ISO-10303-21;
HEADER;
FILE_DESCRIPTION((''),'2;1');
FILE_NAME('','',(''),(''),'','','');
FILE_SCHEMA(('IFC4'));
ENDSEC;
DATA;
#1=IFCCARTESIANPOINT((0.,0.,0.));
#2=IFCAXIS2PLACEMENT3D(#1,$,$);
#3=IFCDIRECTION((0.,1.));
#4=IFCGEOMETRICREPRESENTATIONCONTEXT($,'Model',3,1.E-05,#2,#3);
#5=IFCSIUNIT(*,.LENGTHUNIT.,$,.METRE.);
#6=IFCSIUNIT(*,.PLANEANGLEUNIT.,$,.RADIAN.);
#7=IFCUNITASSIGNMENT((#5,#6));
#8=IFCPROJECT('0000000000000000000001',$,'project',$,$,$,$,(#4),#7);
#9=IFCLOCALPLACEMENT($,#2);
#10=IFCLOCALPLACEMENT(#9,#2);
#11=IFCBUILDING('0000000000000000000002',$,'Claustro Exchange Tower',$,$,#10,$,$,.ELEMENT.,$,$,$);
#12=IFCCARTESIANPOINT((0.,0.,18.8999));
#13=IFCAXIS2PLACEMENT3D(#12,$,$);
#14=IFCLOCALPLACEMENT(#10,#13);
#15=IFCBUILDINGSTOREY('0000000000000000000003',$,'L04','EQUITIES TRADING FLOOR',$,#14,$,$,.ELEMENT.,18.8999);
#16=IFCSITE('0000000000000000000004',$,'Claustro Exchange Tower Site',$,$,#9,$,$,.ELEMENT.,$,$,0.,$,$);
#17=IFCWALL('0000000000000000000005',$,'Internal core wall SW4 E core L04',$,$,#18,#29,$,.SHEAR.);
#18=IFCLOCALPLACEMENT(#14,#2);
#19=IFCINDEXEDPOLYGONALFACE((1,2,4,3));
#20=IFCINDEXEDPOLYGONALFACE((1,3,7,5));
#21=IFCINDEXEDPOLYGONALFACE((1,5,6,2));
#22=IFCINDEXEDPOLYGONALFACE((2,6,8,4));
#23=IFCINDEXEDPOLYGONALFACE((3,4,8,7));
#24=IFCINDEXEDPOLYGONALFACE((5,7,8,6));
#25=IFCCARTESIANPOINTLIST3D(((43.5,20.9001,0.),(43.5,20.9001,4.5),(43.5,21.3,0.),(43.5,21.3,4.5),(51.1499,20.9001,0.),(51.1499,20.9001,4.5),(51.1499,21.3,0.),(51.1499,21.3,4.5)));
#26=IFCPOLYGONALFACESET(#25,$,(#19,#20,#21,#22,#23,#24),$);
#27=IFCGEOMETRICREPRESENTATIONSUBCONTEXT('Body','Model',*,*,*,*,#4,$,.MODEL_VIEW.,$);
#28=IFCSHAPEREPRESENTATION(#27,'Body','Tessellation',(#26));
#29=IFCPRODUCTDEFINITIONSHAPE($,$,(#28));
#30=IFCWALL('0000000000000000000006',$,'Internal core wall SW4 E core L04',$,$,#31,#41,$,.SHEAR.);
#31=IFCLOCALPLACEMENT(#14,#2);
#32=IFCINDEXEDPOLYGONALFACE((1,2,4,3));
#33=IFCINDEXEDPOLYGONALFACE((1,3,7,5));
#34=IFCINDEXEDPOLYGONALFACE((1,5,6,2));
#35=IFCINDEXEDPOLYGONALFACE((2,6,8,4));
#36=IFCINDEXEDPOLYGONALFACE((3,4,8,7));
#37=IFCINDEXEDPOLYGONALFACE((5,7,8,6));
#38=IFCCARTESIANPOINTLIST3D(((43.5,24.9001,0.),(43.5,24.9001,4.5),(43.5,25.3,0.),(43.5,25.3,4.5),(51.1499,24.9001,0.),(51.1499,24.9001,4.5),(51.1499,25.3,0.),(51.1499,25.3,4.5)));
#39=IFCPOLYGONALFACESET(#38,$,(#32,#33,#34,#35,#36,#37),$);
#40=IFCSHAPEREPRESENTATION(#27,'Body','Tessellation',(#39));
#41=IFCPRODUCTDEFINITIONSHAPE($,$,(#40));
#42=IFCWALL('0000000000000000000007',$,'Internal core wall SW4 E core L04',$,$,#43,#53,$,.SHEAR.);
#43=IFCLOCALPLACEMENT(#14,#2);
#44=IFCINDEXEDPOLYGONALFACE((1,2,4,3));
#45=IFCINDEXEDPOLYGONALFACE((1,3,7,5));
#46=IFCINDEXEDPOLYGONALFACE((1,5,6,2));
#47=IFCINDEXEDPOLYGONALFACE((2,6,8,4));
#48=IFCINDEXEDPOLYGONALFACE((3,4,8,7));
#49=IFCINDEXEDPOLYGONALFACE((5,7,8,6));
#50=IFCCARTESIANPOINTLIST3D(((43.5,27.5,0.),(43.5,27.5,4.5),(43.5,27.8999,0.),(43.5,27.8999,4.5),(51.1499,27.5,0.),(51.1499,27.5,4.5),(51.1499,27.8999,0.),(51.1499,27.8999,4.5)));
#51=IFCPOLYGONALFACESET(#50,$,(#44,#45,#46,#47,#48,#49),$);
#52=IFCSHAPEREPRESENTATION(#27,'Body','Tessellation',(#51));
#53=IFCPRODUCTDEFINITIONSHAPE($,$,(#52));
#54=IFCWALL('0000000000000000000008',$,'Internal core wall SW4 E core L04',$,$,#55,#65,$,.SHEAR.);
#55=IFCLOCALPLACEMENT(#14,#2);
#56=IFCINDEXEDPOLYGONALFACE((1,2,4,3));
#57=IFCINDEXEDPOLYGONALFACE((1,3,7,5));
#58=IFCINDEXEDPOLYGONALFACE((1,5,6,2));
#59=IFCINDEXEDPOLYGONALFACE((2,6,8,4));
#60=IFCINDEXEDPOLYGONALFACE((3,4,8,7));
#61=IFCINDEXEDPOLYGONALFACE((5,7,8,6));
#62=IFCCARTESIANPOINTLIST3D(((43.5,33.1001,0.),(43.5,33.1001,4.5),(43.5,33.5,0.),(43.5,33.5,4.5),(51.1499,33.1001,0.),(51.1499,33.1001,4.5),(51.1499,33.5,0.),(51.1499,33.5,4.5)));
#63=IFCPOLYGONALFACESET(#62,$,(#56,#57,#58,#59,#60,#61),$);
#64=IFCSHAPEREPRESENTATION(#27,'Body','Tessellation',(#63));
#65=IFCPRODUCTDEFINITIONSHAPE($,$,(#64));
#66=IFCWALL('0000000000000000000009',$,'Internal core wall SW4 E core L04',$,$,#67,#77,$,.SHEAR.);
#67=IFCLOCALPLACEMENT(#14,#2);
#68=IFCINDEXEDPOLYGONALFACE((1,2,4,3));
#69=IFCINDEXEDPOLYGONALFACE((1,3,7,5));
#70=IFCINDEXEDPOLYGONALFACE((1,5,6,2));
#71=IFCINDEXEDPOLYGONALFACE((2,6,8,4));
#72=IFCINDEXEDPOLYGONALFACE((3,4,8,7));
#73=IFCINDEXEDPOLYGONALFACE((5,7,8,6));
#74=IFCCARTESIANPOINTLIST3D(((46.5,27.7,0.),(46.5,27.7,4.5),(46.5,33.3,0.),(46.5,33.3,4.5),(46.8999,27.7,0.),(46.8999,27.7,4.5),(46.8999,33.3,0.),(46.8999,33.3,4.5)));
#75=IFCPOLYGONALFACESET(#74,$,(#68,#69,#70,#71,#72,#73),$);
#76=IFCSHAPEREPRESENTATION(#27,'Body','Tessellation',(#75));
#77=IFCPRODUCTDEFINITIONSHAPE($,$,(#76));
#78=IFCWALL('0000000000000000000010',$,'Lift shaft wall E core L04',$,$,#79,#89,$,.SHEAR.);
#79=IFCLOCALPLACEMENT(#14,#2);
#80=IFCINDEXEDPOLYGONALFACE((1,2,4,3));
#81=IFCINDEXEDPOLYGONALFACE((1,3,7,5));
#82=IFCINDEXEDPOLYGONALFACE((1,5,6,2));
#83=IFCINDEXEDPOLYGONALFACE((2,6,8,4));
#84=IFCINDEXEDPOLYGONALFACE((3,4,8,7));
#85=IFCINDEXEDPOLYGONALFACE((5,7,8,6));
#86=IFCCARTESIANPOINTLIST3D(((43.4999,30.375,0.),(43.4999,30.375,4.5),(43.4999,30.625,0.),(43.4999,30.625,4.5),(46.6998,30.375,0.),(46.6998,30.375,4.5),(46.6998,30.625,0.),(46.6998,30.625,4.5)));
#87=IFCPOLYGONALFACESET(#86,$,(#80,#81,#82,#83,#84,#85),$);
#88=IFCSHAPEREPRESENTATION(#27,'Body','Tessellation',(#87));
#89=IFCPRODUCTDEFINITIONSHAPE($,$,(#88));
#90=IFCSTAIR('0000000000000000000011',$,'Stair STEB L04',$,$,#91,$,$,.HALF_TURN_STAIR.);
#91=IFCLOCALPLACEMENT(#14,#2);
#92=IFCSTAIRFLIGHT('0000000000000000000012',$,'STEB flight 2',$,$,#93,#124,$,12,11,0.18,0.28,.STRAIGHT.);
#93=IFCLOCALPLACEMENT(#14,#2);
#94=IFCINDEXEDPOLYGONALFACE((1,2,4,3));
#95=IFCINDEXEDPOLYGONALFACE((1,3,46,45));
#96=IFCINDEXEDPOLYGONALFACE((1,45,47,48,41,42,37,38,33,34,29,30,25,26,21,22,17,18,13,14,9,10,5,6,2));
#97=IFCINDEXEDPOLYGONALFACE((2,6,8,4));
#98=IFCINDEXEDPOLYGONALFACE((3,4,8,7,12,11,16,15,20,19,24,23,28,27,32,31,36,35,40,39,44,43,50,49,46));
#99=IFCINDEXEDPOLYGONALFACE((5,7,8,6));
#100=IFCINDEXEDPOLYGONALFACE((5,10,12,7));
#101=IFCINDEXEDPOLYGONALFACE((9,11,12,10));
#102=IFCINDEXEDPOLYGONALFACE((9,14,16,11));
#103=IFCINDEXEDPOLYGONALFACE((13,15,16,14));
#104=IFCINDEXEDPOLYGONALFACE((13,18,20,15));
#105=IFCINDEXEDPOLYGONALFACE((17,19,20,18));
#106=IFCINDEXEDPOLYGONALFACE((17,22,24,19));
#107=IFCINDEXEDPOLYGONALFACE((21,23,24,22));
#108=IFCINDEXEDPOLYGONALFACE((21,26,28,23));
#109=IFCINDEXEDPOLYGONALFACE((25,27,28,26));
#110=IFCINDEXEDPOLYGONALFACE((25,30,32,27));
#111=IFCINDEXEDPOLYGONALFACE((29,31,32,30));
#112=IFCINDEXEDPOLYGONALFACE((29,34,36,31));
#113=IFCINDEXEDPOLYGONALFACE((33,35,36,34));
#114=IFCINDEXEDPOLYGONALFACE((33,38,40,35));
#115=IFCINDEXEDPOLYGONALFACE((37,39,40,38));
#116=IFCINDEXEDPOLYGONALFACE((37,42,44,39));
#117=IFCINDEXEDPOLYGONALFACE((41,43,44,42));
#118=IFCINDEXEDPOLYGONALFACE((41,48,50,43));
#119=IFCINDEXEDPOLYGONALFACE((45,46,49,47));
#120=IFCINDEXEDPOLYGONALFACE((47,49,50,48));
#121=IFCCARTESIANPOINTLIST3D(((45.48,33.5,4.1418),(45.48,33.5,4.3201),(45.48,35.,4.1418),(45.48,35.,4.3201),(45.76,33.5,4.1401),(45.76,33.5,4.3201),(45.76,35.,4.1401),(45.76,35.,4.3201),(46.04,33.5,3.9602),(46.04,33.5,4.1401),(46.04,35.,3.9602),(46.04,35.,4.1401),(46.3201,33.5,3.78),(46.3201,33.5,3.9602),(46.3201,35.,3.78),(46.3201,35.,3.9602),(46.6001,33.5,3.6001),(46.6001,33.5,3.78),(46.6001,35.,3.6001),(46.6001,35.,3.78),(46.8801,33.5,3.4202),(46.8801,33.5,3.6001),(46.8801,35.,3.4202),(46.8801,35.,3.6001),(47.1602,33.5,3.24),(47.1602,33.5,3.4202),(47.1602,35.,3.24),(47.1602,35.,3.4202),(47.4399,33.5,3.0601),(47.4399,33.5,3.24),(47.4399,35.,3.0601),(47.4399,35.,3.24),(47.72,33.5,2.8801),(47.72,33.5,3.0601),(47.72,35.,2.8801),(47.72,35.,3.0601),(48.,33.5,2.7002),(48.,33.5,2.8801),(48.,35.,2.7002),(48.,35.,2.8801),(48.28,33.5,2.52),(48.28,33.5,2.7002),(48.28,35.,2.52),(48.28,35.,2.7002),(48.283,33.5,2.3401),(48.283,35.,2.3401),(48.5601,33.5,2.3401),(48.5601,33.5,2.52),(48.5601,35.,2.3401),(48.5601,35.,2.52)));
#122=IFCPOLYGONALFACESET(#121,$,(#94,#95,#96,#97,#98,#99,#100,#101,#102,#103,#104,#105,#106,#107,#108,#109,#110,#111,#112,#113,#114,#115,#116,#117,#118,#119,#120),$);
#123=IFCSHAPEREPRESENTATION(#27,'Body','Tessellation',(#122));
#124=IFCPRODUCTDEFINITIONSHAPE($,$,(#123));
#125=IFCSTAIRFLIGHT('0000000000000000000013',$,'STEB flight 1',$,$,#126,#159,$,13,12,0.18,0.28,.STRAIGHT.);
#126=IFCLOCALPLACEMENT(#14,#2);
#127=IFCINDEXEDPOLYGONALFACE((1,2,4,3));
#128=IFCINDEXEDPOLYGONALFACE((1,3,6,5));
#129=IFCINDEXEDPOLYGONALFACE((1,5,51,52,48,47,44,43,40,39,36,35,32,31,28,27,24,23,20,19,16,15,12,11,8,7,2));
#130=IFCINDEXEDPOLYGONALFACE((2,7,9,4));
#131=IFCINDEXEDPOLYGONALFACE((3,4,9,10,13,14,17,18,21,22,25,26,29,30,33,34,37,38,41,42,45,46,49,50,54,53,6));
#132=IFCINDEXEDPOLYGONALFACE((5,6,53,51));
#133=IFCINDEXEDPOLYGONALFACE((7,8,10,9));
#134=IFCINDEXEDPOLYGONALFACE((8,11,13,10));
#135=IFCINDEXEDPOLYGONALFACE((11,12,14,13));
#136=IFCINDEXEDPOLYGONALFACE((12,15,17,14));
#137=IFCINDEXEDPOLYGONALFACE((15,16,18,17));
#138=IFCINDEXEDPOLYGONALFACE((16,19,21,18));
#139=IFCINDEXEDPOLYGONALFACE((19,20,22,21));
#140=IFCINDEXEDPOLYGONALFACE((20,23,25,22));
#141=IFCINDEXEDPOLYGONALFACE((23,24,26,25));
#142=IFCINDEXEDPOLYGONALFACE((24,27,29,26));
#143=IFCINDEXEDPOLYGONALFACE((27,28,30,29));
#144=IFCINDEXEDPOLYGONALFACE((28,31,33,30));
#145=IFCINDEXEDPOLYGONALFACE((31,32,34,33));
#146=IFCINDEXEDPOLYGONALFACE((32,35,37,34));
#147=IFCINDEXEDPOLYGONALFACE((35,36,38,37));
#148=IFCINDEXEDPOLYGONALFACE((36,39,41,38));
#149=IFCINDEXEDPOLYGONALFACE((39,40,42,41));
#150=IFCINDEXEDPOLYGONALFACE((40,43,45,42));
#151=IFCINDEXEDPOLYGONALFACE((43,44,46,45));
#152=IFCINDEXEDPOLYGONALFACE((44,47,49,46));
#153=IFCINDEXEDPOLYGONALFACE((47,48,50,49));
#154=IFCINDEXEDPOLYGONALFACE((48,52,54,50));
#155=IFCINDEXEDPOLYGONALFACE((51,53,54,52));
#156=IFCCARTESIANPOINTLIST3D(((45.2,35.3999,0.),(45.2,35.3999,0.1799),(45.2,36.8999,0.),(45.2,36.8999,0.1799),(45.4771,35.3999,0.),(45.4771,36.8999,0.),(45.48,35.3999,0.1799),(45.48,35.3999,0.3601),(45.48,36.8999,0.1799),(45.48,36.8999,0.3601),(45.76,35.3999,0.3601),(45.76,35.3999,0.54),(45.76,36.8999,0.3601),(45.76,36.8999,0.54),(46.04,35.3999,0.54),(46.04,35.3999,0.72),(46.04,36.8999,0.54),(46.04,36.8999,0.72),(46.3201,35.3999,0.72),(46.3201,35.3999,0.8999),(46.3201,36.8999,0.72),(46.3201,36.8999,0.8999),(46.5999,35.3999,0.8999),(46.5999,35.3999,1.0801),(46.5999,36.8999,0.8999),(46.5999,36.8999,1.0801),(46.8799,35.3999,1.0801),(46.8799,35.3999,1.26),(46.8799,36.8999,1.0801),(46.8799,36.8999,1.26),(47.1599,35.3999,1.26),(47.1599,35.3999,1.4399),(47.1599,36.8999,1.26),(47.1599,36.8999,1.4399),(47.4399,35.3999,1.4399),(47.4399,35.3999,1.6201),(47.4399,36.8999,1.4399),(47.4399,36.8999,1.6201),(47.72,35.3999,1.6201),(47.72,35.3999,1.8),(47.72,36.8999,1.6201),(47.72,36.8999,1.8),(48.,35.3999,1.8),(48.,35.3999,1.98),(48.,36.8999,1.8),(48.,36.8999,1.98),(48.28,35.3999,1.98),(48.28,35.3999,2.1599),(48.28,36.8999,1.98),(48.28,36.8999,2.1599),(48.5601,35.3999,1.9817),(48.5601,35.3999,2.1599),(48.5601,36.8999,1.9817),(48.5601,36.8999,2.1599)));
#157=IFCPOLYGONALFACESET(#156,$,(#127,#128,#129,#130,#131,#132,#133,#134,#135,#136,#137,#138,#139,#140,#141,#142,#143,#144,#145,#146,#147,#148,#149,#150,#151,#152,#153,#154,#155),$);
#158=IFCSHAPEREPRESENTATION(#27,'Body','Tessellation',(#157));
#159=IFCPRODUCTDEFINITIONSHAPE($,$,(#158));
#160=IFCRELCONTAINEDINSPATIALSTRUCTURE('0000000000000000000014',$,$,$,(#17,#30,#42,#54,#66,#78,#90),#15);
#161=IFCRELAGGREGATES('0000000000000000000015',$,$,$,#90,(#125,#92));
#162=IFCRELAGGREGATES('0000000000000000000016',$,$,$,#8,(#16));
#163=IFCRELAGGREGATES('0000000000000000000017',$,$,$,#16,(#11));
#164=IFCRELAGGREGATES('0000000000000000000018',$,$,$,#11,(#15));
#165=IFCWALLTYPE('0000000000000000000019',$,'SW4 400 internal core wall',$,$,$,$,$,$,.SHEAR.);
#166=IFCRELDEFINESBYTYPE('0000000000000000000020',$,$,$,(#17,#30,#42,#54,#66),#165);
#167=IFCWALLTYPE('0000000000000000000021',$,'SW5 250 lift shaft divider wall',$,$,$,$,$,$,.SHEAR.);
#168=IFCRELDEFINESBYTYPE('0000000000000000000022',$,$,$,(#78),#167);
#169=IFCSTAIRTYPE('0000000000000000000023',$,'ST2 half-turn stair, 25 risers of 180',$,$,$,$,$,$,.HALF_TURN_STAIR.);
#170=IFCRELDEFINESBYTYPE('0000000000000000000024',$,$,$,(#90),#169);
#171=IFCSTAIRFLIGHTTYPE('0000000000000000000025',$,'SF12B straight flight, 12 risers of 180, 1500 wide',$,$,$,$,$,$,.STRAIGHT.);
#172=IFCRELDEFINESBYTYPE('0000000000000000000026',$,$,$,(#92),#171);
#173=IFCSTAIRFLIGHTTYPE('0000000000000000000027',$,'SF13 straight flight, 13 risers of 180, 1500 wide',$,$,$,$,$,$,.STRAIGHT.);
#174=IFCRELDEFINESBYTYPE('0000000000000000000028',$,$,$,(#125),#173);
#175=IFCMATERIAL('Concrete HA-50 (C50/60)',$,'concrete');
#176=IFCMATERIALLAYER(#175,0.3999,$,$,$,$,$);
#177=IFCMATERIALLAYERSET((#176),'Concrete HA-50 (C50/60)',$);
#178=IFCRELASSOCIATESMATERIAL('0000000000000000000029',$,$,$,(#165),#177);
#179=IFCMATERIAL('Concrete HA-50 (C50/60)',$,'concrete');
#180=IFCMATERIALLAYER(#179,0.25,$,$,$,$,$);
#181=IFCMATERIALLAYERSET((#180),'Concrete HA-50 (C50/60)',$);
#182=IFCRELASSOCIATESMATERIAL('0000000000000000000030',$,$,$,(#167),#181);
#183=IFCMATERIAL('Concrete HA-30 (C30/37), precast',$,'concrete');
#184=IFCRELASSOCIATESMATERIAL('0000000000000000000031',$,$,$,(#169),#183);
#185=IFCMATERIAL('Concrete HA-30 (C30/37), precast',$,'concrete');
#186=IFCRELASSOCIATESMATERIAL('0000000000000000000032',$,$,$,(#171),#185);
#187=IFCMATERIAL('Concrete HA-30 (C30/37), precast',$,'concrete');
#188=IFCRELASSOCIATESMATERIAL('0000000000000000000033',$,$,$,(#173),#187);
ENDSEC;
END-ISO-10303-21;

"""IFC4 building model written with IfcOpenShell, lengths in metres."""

from ifc_helpers import new_model, si_unit, direction, frame, frame_2d, origin, place, context, subcontext, project, spatial, polyline, rectangle, outline, extrude, material, layer, layer_set, type_object, element, aggregate, save


model = new_model("IFC4")

# Units and contexts
model_context = context("Model", 3, precision=1e-05, world=origin(), true_north=direction((0.0, 1.0)))
body_context = subcontext(model_context, "Body", "Model", "MODEL_VIEW")
ifc_project = project(units=[si_unit("LENGTHUNIT", "METRE"), si_unit("PLANEANGLEUNIT", "RADIAN")], contexts=[model_context])

# Site, building, storey
site_placement = place(None, origin())
site = spatial("IfcSite", under=ifc_project, at=site_placement, Name="Claustro Exchange Tower Site", CompositionType="ELEMENT", RefElevation=0.0)
building_placement = place(site_placement, origin())
building = spatial("IfcBuilding", under=site, at=building_placement, Name="Claustro Exchange Tower", CompositionType="ELEMENT")
storey_placement = place(building_placement, frame((0.0, 0.0, 18.8999)))
storey = spatial("IfcBuildingStorey", under=building, at=storey_placement, Name="L04", Description="EQUITIES TRADING FLOOR", CompositionType="ELEMENT", Elevation=18.8999)

# Walls
ifc_material_1 = material(Name="Concrete HA-50 (C50/60)", Category="concrete")
ifc_layer_1 = layer(ifc_material_1, 0.3999)
ifc_layer_set_1 = layer_set([ifc_layer_1], Name="Concrete HA-50 (C50/60)")
wall_type_1 = type_object("IfcWallType", Name="SW4 400 internal core wall", PredefinedType="SHEAR", material=ifc_layer_set_1)
for number, where, z_axis, x_axis, name in (
    (1, (51.1499, 21.1001, 0.0), (0.0, 0.0, 1.0), (-1.0, 0.0, 0.0), "Internal core wall SW4 E core L04"),
    (2, (51.1499, 25.1001, 0.0), (0.0, 0.0, 1.0), (-1.0, 0.0, 0.0), "Internal core wall SW4 E core L04"),
    (3, (51.1499, 27.7, 0.0), (0.0, 0.0, 1.0), (-1.0, 0.0, 0.0), "Internal core wall SW4 E core L04"),
    (4, (51.1499, 33.3, 0.0), (0.0, 0.0, 1.0), (-1.0, 0.0, 0.0), "Internal core wall SW4 E core L04"),
):
    element("IfcWall", number, at=place(storey_placement, frame(where, z_axis=z_axis, x_axis=x_axis)), inside=storey, type_object=wall_type_1, Name=name, PredefinedType="SHEAR", context=body_context, shape_type="SweptSolid", body=[
        extrude(rectangle(XDim=7.6499, YDim=0.3999, at=frame_2d((3.825, 0.0))), origin(), (0.0, 0.0, 1.0), 4.5),
    ])
wall_1_placement = place(storey_placement, frame((46.7, 27.7, 0.0), z_axis=(0.0, 0.0, 1.0), x_axis=(0.0, 1.0, 0.0)))
element("IfcWall", 5, at=wall_1_placement, inside=storey, type_object=wall_type_1, Name="Internal core wall SW4 E core L04", PredefinedType="SHEAR", context=body_context, shape_type="SweptSolid", body=[
    extrude(rectangle(XDim=5.6001, YDim=0.3999, at=frame_2d((2.8, 0.0))), origin(), (0.0, 0.0, 1.0), 4.5),
])
ifc_material_2 = material(Name="Concrete HA-50 (C50/60)", Category="concrete")
ifc_layer_2 = layer(ifc_material_2, 0.25)
ifc_layer_set_2 = layer_set([ifc_layer_2], Name="Concrete HA-50 (C50/60)")
wall_type_2 = type_object("IfcWallType", Name="SW5 250 lift shaft divider wall", PredefinedType="SHEAR", material=ifc_layer_set_2)
wall_2_placement = place(storey_placement, frame((46.7, 30.5, 0.0), z_axis=(0.0, 0.0, 1.0), x_axis=(-1.0, 0.0, 0.0)))
element("IfcWall", 6, at=wall_2_placement, inside=storey, type_object=wall_type_2, Name="Lift shaft wall E core L04", PredefinedType="SHEAR", context=body_context, shape_type="SweptSolid", body=[
    extrude(rectangle(XDim=3.2, YDim=0.25, at=frame_2d((1.6001, 0.0))), origin(), (0.0, 0.0, 1.0), 4.5),
])

# Stair, stair flights
ifc_material_3 = material(Name="Concrete HA-30 (C30/37), precast", Category="concrete")
stair_type = type_object("IfcStairType", Name="ST2 half-turn stair, 25 risers of 180", PredefinedType="HALF_TURN_STAIR", material=ifc_material_3)
stair_placement = place(storey_placement, origin())
stair = element("IfcStair", 7, at=stair_placement, inside=storey, type_object=stair_type, Name="Stair STEB L04", PredefinedType="HALF_TURN_STAIR")
ifc_material_4 = material(Name="Concrete HA-30 (C30/37), precast", Category="concrete")
stair_flight_type_1 = type_object("IfcStairFlightType", Name="SF12B straight flight, 12 risers of 180, 1500 wide", PredefinedType="STRAIGHT", material=ifc_material_4)
stair_flight_1_placement = place(storey_placement, frame((48.5601, 34.25, 2.3401), z_axis=(0.0, 0.0, 1.0), x_axis=(-1.0, 0.0, 0.0)))
stair_flight_1 = element("IfcStairFlight", 8, at=stair_flight_1_placement, type_object=stair_flight_type_1, Name="STEB flight 2", NumberOfRisers=12, NumberOfTreads=11, PredefinedType="STRAIGHT", RiserHeight=0.18, TreadLength=0.28, context=body_context, shape_type="SweptSolid", body=[
    extrude(outline(polyline([(0.0, 0.0), (0.0, 0.1799), (0.28, 0.1799), (0.28, 0.3601), (0.5601, 0.3601), (0.5601, 0.54), (0.8401, 0.54), (0.8401, 0.72), (1.1201, 0.72), (1.1201, 0.8999), (1.3999, 0.8999), (1.3999, 1.0801), (1.6799, 1.0801), (1.6799, 1.26), (1.96, 1.26), (1.96, 1.4399), (2.24, 1.4399), (2.24, 1.6201), (2.52, 1.6201), (2.52, 1.8), (2.8, 1.8), (2.8, 1.98), (3.0801, 1.98), (3.0801, 2.1599), (3.0801, 1.8018), (0.2771, 0.0), (0.0, 0.0)])), frame((0.0, 0.75, 0.0), z_axis=(0.0, -1.0, 0.0), x_axis=(1.0, 0.0, 0.0)), (0.0, 0.0, 1.0), 1.5),
])
ifc_material_5 = material(Name="Concrete HA-30 (C30/37), precast", Category="concrete")
stair_flight_type_2 = type_object("IfcStairFlightType", Name="SF13 straight flight, 13 risers of 180, 1500 wide", PredefinedType="STRAIGHT", material=ifc_material_5)
stair_flight_2_placement = place(storey_placement, frame((45.2, 36.1499, 0.0), z_axis=(0.0, 0.0, 1.0), x_axis=(1.0, 0.0, 0.0)))
stair_flight_2 = element("IfcStairFlight", 9, at=stair_flight_2_placement, type_object=stair_flight_type_2, Name="STEB flight 1", NumberOfRisers=13, NumberOfTreads=12, PredefinedType="STRAIGHT", RiserHeight=0.18, TreadLength=0.28, context=body_context, shape_type="SweptSolid", body=[
    extrude(outline(polyline([(0.0, 0.0), (0.0, 0.1799), (0.28, 0.1799), (0.28, 0.3601), (0.5601, 0.3601), (0.5601, 0.54), (0.8401, 0.54), (0.8401, 0.72), (1.1201, 0.72), (1.1201, 0.8999), (1.3999, 0.8999), (1.3999, 1.0801), (1.6799, 1.0801), (1.6799, 1.26), (1.96, 1.26), (1.96, 1.4399), (2.24, 1.4399), (2.24, 1.6201), (2.52, 1.6201), (2.52, 1.8), (2.8, 1.8), (2.8, 1.98), (3.0801, 1.98), (3.0801, 2.1599), (3.3601, 2.1599), (3.3601, 2.3401), (3.3601, 1.9817), (0.2771, 0.0), (0.0, 0.0)])), frame((0.0, 0.75, 0.0), z_axis=(0.0, -1.0, 0.0), x_axis=(1.0, 0.0, 0.0)), (0.0, 0.0, 1.0), 1.5),
])
aggregate(stair, [stair_flight_2, stair_flight_1])

save(model, "model.ifc")
